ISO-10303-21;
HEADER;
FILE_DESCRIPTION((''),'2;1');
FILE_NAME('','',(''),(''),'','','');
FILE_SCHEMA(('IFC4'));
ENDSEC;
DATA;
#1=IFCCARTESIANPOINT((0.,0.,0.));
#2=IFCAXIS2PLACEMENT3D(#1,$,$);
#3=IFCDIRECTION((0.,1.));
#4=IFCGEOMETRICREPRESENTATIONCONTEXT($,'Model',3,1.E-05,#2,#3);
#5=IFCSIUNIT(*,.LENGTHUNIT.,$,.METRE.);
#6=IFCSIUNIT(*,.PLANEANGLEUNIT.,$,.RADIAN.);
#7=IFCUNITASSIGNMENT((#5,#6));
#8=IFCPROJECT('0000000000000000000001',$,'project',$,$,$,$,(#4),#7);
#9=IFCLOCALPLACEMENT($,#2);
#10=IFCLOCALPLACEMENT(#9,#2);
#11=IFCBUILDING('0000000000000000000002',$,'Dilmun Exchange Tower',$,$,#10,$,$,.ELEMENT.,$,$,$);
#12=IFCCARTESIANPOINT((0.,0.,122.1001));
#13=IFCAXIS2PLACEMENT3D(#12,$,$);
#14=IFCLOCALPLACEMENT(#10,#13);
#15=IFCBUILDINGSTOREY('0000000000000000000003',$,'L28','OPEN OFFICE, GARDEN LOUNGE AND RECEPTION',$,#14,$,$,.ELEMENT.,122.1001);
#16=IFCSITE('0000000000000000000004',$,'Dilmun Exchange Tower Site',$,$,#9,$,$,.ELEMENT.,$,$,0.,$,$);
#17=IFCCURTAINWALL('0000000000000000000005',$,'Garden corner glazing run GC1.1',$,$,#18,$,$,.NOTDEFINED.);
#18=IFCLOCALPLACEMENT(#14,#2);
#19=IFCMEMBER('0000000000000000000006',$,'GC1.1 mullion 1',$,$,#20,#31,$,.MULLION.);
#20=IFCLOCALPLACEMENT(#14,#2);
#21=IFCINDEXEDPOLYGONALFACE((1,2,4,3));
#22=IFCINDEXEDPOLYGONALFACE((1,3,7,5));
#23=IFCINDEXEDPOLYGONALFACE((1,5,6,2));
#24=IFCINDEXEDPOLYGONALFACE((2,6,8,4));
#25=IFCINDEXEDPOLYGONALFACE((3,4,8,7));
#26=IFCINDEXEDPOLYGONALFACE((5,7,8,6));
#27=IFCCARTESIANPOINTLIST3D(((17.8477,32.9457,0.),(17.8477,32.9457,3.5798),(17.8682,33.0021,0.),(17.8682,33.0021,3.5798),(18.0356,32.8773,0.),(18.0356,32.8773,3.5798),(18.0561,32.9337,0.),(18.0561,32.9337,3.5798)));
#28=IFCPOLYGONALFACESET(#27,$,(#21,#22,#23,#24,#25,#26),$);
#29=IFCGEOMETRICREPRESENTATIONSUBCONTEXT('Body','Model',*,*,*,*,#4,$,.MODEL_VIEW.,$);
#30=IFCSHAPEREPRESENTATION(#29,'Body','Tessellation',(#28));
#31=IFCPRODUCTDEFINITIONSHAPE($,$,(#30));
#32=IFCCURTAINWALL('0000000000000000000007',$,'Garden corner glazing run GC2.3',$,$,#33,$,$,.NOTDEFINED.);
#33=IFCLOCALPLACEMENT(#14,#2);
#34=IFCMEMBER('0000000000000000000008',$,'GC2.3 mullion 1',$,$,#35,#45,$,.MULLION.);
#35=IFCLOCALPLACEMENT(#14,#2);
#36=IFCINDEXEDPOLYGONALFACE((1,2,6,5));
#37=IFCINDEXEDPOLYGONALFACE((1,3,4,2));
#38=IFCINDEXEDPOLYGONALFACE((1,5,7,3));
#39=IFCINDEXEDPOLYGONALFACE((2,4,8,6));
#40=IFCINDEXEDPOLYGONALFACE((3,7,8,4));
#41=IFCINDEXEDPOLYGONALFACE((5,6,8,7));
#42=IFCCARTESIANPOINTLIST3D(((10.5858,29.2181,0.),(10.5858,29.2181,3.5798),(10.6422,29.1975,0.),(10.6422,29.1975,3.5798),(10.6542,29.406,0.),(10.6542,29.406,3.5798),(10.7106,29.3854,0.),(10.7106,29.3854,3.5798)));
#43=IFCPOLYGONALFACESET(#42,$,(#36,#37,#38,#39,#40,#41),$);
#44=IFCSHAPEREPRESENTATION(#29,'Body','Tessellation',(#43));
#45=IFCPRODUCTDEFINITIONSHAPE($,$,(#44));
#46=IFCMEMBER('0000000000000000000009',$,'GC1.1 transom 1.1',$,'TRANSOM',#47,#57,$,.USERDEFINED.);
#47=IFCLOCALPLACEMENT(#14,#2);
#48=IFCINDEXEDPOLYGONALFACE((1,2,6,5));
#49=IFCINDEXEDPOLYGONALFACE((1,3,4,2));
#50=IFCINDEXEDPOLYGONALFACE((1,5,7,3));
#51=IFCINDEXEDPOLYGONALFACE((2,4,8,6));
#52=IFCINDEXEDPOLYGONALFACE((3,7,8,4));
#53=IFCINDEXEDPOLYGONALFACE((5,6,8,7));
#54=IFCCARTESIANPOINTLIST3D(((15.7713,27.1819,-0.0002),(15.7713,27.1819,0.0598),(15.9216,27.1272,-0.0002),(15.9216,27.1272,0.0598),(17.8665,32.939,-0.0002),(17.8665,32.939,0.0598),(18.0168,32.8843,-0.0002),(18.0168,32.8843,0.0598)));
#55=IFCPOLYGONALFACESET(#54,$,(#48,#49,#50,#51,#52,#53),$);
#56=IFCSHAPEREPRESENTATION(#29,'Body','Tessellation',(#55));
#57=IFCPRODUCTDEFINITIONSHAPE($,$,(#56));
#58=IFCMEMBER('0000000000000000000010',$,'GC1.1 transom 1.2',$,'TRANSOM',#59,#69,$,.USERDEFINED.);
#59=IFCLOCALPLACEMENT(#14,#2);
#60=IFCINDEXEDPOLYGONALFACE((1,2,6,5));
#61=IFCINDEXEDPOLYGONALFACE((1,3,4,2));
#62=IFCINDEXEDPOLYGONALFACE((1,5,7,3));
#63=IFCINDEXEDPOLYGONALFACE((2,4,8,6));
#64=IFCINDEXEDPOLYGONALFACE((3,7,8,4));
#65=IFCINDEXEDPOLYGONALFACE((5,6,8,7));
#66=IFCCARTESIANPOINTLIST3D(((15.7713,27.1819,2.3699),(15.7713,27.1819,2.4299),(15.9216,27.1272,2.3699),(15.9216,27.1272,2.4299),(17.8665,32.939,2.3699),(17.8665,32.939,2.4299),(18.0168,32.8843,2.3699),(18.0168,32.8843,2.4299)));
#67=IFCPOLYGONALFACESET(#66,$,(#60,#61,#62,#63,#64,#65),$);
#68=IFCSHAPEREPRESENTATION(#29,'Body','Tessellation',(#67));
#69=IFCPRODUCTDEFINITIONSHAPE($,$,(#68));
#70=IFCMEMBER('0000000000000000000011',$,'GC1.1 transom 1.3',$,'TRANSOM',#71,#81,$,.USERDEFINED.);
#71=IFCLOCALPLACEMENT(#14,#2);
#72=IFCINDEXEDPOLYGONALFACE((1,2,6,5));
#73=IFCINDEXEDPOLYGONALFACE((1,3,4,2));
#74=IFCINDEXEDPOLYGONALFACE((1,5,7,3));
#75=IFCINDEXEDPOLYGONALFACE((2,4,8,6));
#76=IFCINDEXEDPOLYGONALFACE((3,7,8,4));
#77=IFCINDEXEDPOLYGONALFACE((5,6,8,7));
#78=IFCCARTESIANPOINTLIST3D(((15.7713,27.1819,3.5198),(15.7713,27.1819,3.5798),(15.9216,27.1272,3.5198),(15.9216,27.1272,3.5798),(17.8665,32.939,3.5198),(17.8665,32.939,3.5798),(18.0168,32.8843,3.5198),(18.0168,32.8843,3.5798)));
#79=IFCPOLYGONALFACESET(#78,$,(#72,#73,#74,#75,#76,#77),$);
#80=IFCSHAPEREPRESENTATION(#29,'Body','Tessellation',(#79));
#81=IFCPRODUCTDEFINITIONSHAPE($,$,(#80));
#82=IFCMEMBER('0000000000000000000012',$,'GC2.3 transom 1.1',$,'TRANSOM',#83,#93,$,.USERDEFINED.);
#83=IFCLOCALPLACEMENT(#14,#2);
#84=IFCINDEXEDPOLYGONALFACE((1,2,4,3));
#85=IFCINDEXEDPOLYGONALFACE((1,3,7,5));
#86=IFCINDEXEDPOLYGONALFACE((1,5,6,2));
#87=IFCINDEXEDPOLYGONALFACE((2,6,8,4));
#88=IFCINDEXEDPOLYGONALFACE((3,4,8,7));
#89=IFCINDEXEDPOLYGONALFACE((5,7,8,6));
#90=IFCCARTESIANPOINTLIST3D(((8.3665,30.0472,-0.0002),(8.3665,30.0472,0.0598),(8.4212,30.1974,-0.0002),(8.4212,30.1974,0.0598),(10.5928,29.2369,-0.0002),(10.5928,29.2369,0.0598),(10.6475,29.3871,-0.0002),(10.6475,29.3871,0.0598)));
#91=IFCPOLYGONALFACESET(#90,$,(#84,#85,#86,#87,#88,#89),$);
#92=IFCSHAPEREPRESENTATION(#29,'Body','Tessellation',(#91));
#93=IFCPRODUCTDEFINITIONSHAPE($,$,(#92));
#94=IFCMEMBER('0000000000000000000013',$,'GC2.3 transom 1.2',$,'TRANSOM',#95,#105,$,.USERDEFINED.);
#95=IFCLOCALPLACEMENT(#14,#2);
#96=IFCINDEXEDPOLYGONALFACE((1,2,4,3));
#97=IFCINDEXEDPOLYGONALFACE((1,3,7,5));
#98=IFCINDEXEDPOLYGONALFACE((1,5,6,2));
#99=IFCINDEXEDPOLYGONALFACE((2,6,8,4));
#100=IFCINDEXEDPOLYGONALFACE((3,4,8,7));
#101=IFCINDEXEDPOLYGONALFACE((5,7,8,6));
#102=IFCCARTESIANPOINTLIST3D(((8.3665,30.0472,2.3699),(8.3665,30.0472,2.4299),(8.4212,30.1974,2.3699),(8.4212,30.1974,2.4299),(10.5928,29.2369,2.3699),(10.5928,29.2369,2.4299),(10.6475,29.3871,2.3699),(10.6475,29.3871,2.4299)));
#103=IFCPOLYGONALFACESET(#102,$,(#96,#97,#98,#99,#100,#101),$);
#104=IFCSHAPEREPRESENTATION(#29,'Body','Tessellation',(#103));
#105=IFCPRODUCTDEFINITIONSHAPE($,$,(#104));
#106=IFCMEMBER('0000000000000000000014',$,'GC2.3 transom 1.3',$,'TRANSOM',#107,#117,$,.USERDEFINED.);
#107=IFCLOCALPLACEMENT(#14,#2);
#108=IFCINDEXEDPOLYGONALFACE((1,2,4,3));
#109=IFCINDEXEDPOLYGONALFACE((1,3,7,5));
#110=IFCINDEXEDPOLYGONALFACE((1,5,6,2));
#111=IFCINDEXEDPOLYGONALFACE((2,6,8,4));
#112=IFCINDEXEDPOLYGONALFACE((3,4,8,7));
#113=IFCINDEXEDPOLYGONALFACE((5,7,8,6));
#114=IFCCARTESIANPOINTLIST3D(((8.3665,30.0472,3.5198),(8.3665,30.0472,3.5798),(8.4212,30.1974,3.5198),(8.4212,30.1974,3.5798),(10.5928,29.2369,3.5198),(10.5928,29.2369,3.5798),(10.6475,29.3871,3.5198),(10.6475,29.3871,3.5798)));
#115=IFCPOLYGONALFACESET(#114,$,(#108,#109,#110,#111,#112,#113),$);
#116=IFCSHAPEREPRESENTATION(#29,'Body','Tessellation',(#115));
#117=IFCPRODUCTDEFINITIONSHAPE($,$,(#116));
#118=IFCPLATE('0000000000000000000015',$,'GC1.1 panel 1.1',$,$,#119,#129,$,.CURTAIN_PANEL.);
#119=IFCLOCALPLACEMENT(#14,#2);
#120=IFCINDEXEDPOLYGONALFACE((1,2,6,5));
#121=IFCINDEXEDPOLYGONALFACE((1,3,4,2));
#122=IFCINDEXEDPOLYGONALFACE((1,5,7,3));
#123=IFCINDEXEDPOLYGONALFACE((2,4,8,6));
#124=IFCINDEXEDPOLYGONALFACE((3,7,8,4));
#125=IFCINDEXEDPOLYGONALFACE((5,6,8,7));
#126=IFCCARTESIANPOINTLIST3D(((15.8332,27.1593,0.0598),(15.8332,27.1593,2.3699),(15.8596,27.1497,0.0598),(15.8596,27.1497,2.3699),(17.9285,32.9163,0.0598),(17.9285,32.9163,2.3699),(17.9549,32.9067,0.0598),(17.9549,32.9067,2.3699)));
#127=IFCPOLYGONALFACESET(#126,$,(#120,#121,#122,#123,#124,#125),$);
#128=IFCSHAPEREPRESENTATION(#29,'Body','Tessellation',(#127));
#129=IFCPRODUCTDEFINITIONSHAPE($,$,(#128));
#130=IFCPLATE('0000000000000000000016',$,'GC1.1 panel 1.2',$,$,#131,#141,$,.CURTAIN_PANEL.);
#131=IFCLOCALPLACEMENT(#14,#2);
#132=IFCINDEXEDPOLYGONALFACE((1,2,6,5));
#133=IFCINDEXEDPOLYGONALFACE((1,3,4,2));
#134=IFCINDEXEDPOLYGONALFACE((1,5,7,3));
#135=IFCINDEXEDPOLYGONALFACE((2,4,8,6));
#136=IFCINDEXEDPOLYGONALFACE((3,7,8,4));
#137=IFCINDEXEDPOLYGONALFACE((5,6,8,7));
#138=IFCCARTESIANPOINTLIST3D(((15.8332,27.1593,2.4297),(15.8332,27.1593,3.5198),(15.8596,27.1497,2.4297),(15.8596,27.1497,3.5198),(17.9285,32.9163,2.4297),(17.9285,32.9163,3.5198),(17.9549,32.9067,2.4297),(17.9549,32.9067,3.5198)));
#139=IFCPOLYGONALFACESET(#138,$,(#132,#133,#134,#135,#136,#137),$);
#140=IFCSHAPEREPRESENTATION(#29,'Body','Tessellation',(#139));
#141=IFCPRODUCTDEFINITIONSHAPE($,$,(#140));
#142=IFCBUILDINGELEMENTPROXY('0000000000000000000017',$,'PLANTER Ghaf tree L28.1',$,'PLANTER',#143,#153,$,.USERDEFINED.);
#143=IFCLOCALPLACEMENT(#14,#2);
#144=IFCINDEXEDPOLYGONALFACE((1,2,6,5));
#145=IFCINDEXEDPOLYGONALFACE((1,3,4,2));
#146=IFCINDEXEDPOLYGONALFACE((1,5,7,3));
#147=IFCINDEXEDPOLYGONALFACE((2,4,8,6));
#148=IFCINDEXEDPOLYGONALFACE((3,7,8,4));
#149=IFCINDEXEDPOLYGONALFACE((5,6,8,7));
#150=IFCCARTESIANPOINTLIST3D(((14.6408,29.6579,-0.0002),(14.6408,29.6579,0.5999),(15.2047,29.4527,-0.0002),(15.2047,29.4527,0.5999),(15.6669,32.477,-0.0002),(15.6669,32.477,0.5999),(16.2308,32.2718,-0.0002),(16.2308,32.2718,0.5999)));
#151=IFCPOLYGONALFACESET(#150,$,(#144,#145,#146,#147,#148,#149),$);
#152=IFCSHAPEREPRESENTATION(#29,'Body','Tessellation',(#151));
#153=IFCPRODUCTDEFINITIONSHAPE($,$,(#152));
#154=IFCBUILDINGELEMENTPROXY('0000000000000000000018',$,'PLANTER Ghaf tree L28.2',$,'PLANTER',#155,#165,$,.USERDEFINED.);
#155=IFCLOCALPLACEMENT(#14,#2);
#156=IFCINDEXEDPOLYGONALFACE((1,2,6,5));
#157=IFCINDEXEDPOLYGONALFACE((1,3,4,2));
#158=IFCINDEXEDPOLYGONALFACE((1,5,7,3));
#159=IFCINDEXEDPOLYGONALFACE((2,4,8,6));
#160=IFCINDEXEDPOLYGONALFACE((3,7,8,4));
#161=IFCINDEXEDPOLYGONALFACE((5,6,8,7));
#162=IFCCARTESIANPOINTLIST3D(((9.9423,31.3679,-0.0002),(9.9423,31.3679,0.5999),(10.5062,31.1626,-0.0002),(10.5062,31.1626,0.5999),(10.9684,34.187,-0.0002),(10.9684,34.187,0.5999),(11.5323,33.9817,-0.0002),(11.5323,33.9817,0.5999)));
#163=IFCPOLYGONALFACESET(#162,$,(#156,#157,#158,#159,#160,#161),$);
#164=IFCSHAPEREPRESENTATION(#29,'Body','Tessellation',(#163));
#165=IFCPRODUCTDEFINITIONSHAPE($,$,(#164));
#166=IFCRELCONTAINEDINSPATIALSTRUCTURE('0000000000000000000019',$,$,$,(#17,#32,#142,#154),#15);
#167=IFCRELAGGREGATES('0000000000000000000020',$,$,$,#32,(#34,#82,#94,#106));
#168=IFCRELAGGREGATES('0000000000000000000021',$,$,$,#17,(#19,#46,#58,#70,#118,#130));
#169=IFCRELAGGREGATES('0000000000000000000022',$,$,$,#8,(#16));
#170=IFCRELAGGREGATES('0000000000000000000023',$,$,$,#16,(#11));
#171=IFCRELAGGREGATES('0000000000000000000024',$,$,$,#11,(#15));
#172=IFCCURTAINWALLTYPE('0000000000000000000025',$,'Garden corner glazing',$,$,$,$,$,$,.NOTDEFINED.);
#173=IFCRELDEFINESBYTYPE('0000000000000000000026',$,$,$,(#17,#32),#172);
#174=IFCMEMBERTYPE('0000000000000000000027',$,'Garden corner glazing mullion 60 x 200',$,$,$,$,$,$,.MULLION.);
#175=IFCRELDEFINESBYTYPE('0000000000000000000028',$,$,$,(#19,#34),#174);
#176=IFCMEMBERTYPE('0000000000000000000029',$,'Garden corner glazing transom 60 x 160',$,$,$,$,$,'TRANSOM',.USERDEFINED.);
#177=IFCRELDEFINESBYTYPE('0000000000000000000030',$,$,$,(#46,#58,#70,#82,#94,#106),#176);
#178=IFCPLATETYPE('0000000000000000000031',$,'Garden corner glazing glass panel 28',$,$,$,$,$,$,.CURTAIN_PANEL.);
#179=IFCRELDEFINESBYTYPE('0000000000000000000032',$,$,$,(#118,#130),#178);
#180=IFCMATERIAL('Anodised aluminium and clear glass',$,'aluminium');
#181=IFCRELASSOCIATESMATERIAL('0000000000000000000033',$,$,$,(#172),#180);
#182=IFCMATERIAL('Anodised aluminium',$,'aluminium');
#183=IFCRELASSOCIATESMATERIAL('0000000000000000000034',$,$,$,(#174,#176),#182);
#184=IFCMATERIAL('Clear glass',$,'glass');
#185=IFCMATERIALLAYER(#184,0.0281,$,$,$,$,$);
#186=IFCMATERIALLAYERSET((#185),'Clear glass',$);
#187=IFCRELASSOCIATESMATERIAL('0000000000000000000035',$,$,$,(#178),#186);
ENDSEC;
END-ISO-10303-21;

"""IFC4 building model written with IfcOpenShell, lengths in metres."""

from ifc_helpers import new_model, si_unit, direction, frame, origin, origin_2d, place, context, subcontext, project, spatial, rectangle, extrude, material, layer, layer_set, material_profile, profile_set, type_object, element, aggregate, save


model = new_model("IFC4")

# Units and contexts
model_context = context("Model", 3, precision=1e-05, world=origin(), true_north=direction((0.0, 1.0)))
body_context = subcontext(model_context, "Body", "Model", "MODEL_VIEW")
ifc_project = project(units=[si_unit("LENGTHUNIT", "METRE"), si_unit("PLANEANGLEUNIT", "RADIAN")], contexts=[model_context])

# Site, building, storey
site_placement = place(None, origin())
site = spatial("IfcSite", under=ifc_project, at=site_placement, Name="Dilmun Exchange Tower Site", CompositionType="ELEMENT", RefElevation=0.0)
building_placement = place(site_placement, origin())
building = spatial("IfcBuilding", under=site, at=building_placement, Name="Dilmun Exchange Tower", CompositionType="ELEMENT")
storey_placement = place(building_placement, frame((0.0, 0.0, 122.1001)))
storey = spatial("IfcBuildingStorey", under=building, at=storey_placement, Name="L28", Description="OPEN OFFICE, GARDEN LOUNGE AND RECEPTION", CompositionType="ELEMENT", Elevation=122.1001)

# Curtain walls, members
ifc_material_1 = material(Name="Anodised aluminium and clear glass", Category="aluminium")
curtain_wall_type = type_object("IfcCurtainWallType", Name="Garden corner glazing", PredefinedType="NOTDEFINED", material=ifc_material_1)
curtain_wall_1_placement = place(storey_placement, origin())
curtain_wall_1 = element("IfcCurtainWall", 1, at=curtain_wall_1_placement, inside=storey, type_object=curtain_wall_type, Name="Garden corner glazing run GC1.1", PredefinedType="NOTDEFINED")
ifc_material_2 = material(Name="Anodised aluminium", Category="aluminium")
ifc_material_profile_1 = material_profile(ifc_material_2, rectangle(XDim=0.2, YDim=0.0601, at=origin_2d()), Name="AL 60x200")
ifc_profile_set_1 = profile_set([ifc_material_profile_1], Name="Anodised aluminium")
member_type_1 = type_object("IfcMemberType", Name="Garden corner glazing mullion 60 x 200", PredefinedType="MULLION", material=ifc_profile_set_1)
member_1_placement = place(storey_placement, frame((17.9519, 32.9397, 0.0), z_axis=(0.0, 0.0, 1.0), x_axis=(0.939694, -0.342016, 0.0)))
member_1 = element("IfcMember", 2, at=member_1_placement, type_object=member_type_1, Name="GC1.1 mullion 1", PredefinedType="MULLION", context=body_context, shape_type="SweptSolid", body=[
    extrude(rectangle(XDim=0.2, YDim=0.0601, at=origin_2d()), origin(), (0.0, 0.0, 1.0), 3.5798),
])
curtain_wall_2_placement = place(storey_placement, origin())
curtain_wall_2 = element("IfcCurtainWall", 3, at=curtain_wall_2_placement, inside=storey, type_object=curtain_wall_type, Name="Garden corner glazing run GC2.3", PredefinedType="NOTDEFINED")
member_2_placement = place(storey_placement, frame((10.6482, 29.3018, 0.0), z_axis=(0.0, 0.0, 1.0), x_axis=(-0.342011, -0.939696, 0.0)))
member_2 = element("IfcMember", 4, at=member_2_placement, type_object=member_type_1, Name="GC2.3 mullion 1", PredefinedType="MULLION", context=body_context, shape_type="SweptSolid", body=[
    extrude(rectangle(XDim=0.2, YDim=0.0601, at=origin_2d()), origin(), (0.0, 0.0, 1.0), 3.5798),
])

# Members
ifc_material_profile_2 = material_profile(ifc_material_2, rectangle(XDim=0.1599, YDim=0.0601, at=origin_2d()), Name="AL 60x160")
ifc_profile_set_2 = profile_set([ifc_material_profile_2], Name="Anodised aluminium")
member_type_2 = type_object("IfcMemberType", Name="Garden corner glazing transom 60 x 160", ElementType="TRANSOM", PredefinedType="USERDEFINED", material=ifc_profile_set_2)
member_3_placement = place(storey_placement, frame((17.9417, 32.9116, 0.0298), z_axis=(-0.341993, -0.939703, 0.0), x_axis=(0.939703, -0.341993, 0.0)))
member_3 = element("IfcMember", 5, at=member_3_placement, type_object=member_type_2, Name="GC1.1 transom 1.1", ObjectType="TRANSOM", PredefinedType="USERDEFINED", context=body_context, shape_type="SweptSolid", body=[
    extrude(rectangle(XDim=0.1599, YDim=0.0601, at=origin_2d()), origin(), (0.0, 0.0, 1.0), 6.1265),
])
member_4_placement = place(storey_placement, frame((17.9417, 32.9116, 2.3999), z_axis=(-0.341993, -0.939703, 0.0), x_axis=(0.939703, -0.341993, 0.0)))
member_4 = element("IfcMember", 6, at=member_4_placement, type_object=member_type_2, Name="GC1.1 transom 1.2", ObjectType="TRANSOM", PredefinedType="USERDEFINED", context=body_context, shape_type="SweptSolid", body=[
    extrude(rectangle(XDim=0.1599, YDim=0.0601, at=origin_2d()), origin(), (0.0, 0.0, 1.0), 6.1265),
])
member_5_placement = place(storey_placement, frame((17.9417, 32.9116, 3.5498), z_axis=(-0.341993, -0.939703, 0.0), x_axis=(0.939703, -0.341993, 0.0)))
member_5 = element("IfcMember", 7, at=member_5_placement, type_object=member_type_2, Name="GC1.1 transom 1.3", ObjectType="TRANSOM", PredefinedType="USERDEFINED", context=body_context, shape_type="SweptSolid", body=[
    extrude(rectangle(XDim=0.1599, YDim=0.0601, at=origin_2d()), origin(), (0.0, 0.0, 1.0), 6.1265),
])
member_6_placement = place(storey_placement, frame((10.6201, 29.312, 0.0298), z_axis=(-0.939694, 0.342016, 0.0), x_axis=(-0.342016, -0.939694, 0.0)))
member_6 = element("IfcMember", 8, at=member_6_placement, type_object=member_type_2, Name="GC2.3 transom 1.1", ObjectType="TRANSOM", PredefinedType="USERDEFINED", context=body_context, shape_type="SweptSolid", body=[
    extrude(rectangle(XDim=0.1599, YDim=0.0601, at=origin_2d()), origin(), (0.0, 0.0, 1.0), 2.3691),
])
member_7_placement = place(storey_placement, frame((10.6201, 29.312, 2.3999), z_axis=(-0.939694, 0.342016, 0.0), x_axis=(-0.342016, -0.939694, 0.0)))
member_7 = element("IfcMember", 9, at=member_7_placement, type_object=member_type_2, Name="GC2.3 transom 1.2", ObjectType="TRANSOM", PredefinedType="USERDEFINED", context=body_context, shape_type="SweptSolid", body=[
    extrude(rectangle(XDim=0.1599, YDim=0.0601, at=origin_2d()), origin(), (0.0, 0.0, 1.0), 2.3691),
])
member_8_placement = place(storey_placement, frame((10.6201, 29.312, 3.5498), z_axis=(-0.939694, 0.342016, 0.0), x_axis=(-0.342016, -0.939694, 0.0)))
member_8 = element("IfcMember", 10, at=member_8_placement, type_object=member_type_2, Name="GC2.3 transom 1.3", ObjectType="TRANSOM", PredefinedType="USERDEFINED", context=body_context, shape_type="SweptSolid", body=[
    extrude(rectangle(XDim=0.1599, YDim=0.0601, at=origin_2d()), origin(), (0.0, 0.0, 1.0), 2.3691),
])
aggregate(curtain_wall_2, [member_2, member_6, member_7, member_8])

# Plates
ifc_material_3 = material(Name="Clear glass", Category="glass")
ifc_layer_1 = layer(ifc_material_3, 0.0281)
ifc_layer_set_1 = layer_set([ifc_layer_1], Name="Clear glass")
plate_type = type_object("IfcPlateType", Name="Garden corner glazing glass panel 28", PredefinedType="CURTAIN_PANEL", material=ifc_layer_set_1)
plate_1_placement = place(storey_placement, frame((16.894, 30.033, 0.0598), z_axis=(0.0, 0.0, 1.0), x_axis=(-0.342016, -0.939694, 0.0)))
plate_1 = element("IfcPlate", 11, at=plate_1_placement, type_object=plate_type, Name="GC1.1 panel 1.1", PredefinedType="CURTAIN_PANEL", context=body_context, shape_type="SweptSolid", body=[
    extrude(rectangle(XDim=6.1265, YDim=0.0281, at=origin_2d()), origin(), (0.0, 0.0, 1.0), 2.3101),
])
plate_2_placement = place(storey_placement, frame((16.894, 30.033, 2.4297), z_axis=(0.0, 0.0, 1.0), x_axis=(-0.342016, -0.939694, 0.0)))
plate_2 = element("IfcPlate", 12, at=plate_2_placement, type_object=plate_type, Name="GC1.1 panel 1.2", PredefinedType="CURTAIN_PANEL", context=body_context, shape_type="SweptSolid", body=[
    extrude(rectangle(XDim=6.1265, YDim=0.0281, at=origin_2d()), origin(), (0.0, 0.0, 1.0), 1.0901),
])
aggregate(curtain_wall_1, [member_1, member_3, member_4, member_5, plate_1, plate_2])

# Building element proxies
for number, where, z_axis, x_axis, name in (
    (13, (15.4358, 30.9648, -0.0002), (0.0, 0.0, 1.0), (0.34202, 0.939693, 0.0), "PLANTER Ghaf tree L28.1"),
    (14, (10.7373, 32.6748, -0.0002), (0.0, 0.0, 1.0), (0.34202, 0.939693, 0.0), "PLANTER Ghaf tree L28.2"),
):
    element("IfcBuildingElementProxy", number, at=place(storey_placement, frame(where, z_axis=z_axis, x_axis=x_axis)), inside=storey, Name=name, ObjectType="PLANTER", PredefinedType="USERDEFINED", context=body_context, shape_type="SweptSolid", body=[
        extrude(rectangle(XDim=3.0, YDim=0.6001, at=origin_2d()), origin(), (0.0, 0.0, 1.0), 0.6001),
    ])

save(model, "model.ifc")
